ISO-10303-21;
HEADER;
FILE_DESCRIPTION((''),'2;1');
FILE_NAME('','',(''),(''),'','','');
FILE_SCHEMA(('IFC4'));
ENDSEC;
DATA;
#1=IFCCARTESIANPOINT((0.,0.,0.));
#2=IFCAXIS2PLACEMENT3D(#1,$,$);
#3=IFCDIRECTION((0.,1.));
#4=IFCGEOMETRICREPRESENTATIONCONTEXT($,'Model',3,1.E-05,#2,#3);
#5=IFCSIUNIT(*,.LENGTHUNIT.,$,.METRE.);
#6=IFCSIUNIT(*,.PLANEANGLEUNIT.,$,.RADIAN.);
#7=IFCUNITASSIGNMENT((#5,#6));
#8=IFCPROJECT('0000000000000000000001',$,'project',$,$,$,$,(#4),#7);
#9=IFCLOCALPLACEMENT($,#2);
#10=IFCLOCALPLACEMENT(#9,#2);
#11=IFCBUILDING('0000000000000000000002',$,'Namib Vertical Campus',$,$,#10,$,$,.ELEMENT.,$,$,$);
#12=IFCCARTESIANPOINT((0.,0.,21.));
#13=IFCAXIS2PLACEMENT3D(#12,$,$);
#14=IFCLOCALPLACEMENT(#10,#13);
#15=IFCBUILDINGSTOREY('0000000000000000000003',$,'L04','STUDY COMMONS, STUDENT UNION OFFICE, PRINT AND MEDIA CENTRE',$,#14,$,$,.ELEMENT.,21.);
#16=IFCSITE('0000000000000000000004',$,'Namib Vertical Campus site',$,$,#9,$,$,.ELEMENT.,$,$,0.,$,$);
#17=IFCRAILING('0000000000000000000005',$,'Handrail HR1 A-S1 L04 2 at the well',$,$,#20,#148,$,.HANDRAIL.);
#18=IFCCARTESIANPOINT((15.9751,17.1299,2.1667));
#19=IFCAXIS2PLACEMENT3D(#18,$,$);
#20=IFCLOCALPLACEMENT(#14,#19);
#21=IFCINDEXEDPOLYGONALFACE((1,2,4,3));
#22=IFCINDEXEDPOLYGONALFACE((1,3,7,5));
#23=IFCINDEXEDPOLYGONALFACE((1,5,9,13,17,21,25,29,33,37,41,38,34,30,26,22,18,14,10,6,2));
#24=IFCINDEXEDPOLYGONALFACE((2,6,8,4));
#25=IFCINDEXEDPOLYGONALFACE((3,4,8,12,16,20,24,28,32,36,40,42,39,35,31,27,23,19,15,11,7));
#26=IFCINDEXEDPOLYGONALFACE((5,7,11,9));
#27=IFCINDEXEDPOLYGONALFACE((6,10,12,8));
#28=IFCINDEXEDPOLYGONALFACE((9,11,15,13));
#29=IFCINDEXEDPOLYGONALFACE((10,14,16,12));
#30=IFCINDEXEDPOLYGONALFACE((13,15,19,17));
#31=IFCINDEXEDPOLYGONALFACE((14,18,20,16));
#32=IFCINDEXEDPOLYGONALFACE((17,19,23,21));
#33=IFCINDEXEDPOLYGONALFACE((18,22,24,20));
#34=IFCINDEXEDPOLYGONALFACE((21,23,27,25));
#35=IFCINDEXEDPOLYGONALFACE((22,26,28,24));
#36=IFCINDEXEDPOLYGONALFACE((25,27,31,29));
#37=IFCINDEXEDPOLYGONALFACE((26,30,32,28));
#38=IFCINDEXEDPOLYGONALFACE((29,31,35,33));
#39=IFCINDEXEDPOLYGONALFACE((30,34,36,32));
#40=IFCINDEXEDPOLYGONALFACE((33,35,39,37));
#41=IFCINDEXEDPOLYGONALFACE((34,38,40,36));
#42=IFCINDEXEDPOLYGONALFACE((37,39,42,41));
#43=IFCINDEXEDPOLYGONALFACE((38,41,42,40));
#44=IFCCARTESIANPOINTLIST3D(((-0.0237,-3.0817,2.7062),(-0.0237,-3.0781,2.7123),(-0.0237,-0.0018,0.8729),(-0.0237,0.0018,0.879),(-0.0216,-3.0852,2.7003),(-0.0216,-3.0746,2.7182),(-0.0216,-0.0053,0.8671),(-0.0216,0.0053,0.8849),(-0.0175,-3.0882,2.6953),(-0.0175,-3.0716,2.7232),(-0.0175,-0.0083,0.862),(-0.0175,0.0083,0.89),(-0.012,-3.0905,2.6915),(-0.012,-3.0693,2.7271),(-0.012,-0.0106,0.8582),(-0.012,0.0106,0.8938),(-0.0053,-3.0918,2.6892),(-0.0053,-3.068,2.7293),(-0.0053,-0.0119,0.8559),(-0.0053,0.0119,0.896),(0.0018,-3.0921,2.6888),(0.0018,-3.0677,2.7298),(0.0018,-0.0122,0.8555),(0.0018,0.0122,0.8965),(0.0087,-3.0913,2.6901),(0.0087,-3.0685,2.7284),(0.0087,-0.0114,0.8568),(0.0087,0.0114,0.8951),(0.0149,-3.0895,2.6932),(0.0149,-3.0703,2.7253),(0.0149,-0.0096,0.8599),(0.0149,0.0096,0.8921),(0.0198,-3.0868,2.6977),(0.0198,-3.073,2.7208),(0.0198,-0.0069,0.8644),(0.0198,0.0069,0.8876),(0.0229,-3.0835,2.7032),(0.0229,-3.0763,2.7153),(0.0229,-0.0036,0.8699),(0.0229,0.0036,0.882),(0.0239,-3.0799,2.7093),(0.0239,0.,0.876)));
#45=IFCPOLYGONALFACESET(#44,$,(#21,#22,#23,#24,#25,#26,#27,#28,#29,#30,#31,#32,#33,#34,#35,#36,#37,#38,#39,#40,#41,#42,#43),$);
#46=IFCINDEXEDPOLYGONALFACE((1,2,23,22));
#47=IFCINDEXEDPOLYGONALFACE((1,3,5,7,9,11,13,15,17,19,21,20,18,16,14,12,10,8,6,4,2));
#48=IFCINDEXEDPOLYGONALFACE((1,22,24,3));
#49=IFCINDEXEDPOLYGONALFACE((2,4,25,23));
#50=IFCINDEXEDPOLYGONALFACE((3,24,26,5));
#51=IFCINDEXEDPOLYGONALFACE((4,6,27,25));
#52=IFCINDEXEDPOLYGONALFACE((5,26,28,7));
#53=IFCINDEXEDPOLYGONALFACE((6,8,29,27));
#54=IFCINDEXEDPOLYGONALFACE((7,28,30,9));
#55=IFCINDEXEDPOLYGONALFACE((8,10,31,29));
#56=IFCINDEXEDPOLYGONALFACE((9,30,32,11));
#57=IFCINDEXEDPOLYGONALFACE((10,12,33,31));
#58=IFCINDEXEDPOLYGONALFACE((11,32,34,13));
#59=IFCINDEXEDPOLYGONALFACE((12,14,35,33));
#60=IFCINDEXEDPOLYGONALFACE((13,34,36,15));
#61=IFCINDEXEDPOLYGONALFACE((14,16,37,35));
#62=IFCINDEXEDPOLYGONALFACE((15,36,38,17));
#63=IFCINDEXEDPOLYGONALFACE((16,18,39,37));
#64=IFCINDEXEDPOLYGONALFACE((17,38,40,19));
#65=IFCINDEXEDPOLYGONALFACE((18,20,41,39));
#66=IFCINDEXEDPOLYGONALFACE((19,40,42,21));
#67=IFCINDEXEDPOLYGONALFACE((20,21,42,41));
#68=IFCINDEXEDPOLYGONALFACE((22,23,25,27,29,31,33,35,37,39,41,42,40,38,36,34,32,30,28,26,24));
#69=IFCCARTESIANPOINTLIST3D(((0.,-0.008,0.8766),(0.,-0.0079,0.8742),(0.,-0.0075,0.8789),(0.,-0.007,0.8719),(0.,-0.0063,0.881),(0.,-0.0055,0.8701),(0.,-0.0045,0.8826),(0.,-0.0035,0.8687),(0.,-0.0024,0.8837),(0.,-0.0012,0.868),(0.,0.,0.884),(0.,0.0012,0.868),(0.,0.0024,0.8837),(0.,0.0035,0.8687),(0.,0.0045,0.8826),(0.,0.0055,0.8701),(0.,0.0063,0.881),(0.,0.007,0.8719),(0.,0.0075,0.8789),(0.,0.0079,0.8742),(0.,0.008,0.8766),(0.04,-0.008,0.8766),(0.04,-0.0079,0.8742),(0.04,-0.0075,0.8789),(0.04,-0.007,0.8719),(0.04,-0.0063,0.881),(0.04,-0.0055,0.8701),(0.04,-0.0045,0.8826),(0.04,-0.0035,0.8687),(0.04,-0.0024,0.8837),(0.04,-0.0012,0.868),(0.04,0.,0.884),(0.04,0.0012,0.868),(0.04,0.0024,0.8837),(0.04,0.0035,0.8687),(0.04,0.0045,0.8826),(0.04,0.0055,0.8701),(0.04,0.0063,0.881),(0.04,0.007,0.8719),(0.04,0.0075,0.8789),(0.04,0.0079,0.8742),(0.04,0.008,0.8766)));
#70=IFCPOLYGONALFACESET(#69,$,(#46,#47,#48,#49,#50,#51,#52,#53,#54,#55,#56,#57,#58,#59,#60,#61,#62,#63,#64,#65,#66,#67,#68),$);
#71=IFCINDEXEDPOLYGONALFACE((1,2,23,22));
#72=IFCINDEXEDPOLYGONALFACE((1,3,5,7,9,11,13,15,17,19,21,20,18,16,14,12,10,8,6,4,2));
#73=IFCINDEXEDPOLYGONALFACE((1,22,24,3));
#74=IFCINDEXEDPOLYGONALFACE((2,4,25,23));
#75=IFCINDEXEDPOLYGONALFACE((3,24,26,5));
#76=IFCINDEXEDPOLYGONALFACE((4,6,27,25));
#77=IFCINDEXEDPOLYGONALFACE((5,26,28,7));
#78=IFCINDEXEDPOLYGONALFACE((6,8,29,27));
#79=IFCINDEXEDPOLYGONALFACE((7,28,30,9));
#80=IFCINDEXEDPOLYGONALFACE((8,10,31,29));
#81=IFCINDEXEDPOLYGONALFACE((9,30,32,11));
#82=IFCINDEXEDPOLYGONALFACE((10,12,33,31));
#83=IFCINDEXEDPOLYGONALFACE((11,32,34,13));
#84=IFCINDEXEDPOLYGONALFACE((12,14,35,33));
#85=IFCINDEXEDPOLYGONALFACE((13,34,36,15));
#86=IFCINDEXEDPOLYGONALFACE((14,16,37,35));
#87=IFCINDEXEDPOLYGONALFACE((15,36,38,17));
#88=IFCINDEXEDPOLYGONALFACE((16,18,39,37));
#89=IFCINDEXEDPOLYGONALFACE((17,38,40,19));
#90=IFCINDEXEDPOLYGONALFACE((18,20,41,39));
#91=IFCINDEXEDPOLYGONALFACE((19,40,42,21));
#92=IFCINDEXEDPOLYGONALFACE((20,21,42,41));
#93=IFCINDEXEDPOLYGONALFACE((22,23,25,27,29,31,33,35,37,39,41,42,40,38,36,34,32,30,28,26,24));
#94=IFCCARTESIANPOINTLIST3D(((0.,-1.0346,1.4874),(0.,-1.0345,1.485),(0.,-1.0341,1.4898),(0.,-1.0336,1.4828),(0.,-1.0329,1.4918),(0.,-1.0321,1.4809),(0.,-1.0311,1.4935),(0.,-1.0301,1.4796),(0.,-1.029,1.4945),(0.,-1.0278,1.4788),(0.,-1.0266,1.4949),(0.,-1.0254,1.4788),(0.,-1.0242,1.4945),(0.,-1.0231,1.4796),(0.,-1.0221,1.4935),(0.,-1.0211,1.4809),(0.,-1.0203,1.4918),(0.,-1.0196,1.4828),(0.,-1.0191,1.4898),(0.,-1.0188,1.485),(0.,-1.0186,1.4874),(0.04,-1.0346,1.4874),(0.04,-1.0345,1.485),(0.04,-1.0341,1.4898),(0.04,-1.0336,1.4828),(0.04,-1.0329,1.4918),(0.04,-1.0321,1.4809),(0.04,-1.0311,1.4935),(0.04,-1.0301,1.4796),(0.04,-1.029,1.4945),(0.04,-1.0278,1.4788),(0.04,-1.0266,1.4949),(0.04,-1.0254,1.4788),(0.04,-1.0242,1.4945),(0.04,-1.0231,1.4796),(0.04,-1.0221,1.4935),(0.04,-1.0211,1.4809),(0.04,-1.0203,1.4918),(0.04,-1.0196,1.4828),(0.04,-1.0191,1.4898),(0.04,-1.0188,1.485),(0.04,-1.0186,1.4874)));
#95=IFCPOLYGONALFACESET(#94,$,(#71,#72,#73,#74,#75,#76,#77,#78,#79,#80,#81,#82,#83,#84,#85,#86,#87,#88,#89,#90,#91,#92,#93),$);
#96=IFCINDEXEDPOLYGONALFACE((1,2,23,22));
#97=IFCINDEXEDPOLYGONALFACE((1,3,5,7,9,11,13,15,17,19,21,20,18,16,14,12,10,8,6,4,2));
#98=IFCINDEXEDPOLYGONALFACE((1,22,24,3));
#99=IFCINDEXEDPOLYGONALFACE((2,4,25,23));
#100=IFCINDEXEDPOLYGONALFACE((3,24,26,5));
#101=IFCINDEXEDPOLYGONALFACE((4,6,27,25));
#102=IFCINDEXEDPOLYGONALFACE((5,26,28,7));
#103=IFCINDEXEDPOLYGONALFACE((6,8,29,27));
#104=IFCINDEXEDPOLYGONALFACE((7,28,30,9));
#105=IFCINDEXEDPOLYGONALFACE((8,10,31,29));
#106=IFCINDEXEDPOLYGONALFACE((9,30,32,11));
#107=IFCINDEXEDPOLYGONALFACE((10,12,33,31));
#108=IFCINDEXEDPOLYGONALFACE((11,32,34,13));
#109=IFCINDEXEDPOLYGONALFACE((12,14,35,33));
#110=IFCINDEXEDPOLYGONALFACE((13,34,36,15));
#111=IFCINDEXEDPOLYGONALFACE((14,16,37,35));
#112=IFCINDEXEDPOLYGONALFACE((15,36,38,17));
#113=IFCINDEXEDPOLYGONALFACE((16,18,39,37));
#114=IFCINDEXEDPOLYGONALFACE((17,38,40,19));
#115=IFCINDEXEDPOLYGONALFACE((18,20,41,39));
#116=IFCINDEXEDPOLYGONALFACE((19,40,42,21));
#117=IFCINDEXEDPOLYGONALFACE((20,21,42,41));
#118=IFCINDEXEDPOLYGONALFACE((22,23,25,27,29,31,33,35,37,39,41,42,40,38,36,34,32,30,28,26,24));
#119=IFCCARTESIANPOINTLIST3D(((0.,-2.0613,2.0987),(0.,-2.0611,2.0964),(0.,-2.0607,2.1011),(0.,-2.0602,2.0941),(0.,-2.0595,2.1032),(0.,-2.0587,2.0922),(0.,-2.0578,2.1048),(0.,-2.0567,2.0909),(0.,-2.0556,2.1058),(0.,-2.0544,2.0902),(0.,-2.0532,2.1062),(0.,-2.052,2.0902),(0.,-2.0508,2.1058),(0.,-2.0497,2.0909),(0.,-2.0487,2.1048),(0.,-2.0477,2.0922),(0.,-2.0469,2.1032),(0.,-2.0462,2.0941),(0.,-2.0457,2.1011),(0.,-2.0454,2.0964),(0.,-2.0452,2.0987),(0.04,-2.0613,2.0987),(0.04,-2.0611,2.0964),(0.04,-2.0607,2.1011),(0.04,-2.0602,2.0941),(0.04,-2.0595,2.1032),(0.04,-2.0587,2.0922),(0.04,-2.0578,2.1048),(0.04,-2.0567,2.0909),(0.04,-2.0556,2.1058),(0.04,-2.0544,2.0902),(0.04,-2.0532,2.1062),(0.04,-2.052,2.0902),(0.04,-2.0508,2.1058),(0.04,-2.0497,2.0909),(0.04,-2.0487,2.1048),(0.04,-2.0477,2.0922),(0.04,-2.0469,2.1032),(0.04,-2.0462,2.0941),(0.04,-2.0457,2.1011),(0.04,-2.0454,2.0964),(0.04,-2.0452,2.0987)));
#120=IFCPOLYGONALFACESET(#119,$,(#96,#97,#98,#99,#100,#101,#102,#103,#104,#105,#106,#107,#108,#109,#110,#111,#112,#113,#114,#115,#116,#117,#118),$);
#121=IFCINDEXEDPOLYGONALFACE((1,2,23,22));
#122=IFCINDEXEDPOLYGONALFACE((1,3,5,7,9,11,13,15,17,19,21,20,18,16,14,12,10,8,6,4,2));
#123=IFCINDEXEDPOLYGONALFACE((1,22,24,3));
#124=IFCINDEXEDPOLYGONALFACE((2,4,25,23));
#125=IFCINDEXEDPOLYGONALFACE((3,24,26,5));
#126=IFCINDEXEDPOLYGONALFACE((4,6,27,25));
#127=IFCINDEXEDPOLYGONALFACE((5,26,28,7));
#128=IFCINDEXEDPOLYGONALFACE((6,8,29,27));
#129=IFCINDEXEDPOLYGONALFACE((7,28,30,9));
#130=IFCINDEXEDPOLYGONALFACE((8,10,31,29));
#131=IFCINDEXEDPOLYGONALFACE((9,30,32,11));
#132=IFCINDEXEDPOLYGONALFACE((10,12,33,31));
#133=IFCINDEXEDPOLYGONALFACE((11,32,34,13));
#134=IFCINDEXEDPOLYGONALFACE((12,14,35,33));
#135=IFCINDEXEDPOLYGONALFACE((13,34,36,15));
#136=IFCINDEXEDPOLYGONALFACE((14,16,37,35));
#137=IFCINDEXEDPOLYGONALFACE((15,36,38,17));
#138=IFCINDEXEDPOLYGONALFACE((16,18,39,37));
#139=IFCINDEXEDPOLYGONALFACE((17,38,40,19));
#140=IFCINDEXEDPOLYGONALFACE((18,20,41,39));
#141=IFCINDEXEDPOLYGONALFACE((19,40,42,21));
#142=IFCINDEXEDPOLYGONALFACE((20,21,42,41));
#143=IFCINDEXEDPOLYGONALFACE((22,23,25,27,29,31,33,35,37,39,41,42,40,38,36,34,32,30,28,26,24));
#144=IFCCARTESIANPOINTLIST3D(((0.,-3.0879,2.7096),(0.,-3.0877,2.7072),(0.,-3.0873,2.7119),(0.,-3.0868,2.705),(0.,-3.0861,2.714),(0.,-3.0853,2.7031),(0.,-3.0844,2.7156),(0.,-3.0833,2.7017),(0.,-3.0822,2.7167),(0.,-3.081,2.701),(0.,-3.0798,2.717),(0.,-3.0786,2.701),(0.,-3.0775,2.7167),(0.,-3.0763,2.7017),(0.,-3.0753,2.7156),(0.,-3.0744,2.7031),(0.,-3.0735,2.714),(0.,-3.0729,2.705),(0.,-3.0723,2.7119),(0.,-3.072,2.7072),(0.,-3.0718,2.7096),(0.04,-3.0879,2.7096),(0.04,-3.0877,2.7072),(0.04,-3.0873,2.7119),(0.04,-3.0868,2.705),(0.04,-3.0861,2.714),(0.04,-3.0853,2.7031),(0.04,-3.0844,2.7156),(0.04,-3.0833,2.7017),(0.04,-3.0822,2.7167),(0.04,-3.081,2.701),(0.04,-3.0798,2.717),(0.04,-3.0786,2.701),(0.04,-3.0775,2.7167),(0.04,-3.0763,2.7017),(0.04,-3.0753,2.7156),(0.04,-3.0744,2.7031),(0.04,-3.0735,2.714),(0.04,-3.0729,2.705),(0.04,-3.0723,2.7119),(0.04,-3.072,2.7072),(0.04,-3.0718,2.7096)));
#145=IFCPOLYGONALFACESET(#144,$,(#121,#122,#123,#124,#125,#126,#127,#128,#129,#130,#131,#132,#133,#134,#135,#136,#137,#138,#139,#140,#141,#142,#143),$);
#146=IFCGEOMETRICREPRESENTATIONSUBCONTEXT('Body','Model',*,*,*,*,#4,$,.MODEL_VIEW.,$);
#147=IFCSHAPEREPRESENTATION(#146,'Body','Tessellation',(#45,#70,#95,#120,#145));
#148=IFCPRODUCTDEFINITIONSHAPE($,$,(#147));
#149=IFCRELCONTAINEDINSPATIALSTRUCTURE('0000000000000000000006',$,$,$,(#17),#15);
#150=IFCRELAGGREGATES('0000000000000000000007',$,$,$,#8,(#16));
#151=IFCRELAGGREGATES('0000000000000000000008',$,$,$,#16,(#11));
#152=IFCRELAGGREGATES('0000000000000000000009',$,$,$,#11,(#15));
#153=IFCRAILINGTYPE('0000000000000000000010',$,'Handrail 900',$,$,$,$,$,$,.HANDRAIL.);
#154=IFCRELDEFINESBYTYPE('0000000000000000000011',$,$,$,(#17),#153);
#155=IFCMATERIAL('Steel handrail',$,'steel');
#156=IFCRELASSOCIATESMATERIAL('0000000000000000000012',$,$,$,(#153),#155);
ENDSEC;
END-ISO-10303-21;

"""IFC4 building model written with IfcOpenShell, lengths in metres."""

from ifc_helpers import new_model, si_unit, direction, frame, origin, origin_2d, place, context, subcontext, project, spatial, circle, extrude, material, type_object, element, save


model = new_model("IFC4")

# Units and contexts
model_context = context("Model", 3, precision=1e-05, world=origin(), true_north=direction((0.0, 1.0)))
body_context = subcontext(model_context, "Body", "Model", "MODEL_VIEW")
ifc_project = project(units=[si_unit("LENGTHUNIT", "METRE"), si_unit("PLANEANGLEUNIT", "RADIAN")], contexts=[model_context])

# Site, building, storey
site_placement = place(None, origin())
site = spatial("IfcSite", under=ifc_project, at=site_placement, Name="Namib Vertical Campus site", CompositionType="ELEMENT", RefElevation=0.0)
building_placement = place(site_placement, origin())
building = spatial("IfcBuilding", under=site, at=building_placement, Name="Namib Vertical Campus", CompositionType="ELEMENT")
storey_placement = place(building_placement, frame((0.0, 0.0, 21.0)))
storey = spatial("IfcBuildingStorey", under=building, at=storey_placement, Name="L04", Description="STUDY COMMONS, STUDENT UNION OFFICE, PRINT AND MEDIA CENTRE", CompositionType="ELEMENT", Elevation=21.0)

# Railing
ifc_material_1 = material(Name="Steel handrail", Category="steel")
railing_type_1 = type_object("IfcRailingType", Name="Handrail 900", PredefinedType="HANDRAIL", material=ifc_material_1)
railing_1_placement = place(storey_placement, frame((15.9751, 17.1299, 2.1667)))
element("IfcRailing", 1, at=railing_1_placement, inside=storey, type_object=railing_type_1, Name="Handrail HR1 A-S1 L04 2 at the well", PredefinedType="HANDRAIL", context=body_context, shape_type="SweptSolid", body=[
    extrude(circle(Radius=0.0239, at=origin_2d()), frame((0.0, 0.0, 0.876), z_axis=(0.0, -0.859291, 0.511487), x_axis=(1.0, 0.0, 0.0)), (0.0, 0.0, 1.0), 3.5842),
    extrude(circle(Radius=0.0081, at=origin_2d()), frame((0.0, 0.0, 0.876), z_axis=(1.0, 0.0, 0.0), x_axis=(0.0, 0.0, 1.0)), (0.0, 0.0, 1.0), 0.04),
    extrude(circle(Radius=0.0081, at=origin_2d()), frame((0.0, -1.0266, 1.4868), z_axis=(1.0, 0.0, 0.0), x_axis=(0.0, 0.0, 1.0)), (0.0, 0.0, 1.0), 0.04),
    extrude(circle(Radius=0.0081, at=origin_2d()), frame((0.0, -2.0532, 2.0981), z_axis=(1.0, 0.0, 0.0), x_axis=(0.0, 0.0, 1.0)), (0.0, 0.0, 1.0), 0.04),
    extrude(circle(Radius=0.0081, at=origin_2d()), frame((0.0, -3.0798, 2.709), z_axis=(1.0, 0.0, 0.0), x_axis=(0.0, 0.0, 1.0)), (0.0, 0.0, 1.0), 0.04),
])

save(model, "model.ifc")
